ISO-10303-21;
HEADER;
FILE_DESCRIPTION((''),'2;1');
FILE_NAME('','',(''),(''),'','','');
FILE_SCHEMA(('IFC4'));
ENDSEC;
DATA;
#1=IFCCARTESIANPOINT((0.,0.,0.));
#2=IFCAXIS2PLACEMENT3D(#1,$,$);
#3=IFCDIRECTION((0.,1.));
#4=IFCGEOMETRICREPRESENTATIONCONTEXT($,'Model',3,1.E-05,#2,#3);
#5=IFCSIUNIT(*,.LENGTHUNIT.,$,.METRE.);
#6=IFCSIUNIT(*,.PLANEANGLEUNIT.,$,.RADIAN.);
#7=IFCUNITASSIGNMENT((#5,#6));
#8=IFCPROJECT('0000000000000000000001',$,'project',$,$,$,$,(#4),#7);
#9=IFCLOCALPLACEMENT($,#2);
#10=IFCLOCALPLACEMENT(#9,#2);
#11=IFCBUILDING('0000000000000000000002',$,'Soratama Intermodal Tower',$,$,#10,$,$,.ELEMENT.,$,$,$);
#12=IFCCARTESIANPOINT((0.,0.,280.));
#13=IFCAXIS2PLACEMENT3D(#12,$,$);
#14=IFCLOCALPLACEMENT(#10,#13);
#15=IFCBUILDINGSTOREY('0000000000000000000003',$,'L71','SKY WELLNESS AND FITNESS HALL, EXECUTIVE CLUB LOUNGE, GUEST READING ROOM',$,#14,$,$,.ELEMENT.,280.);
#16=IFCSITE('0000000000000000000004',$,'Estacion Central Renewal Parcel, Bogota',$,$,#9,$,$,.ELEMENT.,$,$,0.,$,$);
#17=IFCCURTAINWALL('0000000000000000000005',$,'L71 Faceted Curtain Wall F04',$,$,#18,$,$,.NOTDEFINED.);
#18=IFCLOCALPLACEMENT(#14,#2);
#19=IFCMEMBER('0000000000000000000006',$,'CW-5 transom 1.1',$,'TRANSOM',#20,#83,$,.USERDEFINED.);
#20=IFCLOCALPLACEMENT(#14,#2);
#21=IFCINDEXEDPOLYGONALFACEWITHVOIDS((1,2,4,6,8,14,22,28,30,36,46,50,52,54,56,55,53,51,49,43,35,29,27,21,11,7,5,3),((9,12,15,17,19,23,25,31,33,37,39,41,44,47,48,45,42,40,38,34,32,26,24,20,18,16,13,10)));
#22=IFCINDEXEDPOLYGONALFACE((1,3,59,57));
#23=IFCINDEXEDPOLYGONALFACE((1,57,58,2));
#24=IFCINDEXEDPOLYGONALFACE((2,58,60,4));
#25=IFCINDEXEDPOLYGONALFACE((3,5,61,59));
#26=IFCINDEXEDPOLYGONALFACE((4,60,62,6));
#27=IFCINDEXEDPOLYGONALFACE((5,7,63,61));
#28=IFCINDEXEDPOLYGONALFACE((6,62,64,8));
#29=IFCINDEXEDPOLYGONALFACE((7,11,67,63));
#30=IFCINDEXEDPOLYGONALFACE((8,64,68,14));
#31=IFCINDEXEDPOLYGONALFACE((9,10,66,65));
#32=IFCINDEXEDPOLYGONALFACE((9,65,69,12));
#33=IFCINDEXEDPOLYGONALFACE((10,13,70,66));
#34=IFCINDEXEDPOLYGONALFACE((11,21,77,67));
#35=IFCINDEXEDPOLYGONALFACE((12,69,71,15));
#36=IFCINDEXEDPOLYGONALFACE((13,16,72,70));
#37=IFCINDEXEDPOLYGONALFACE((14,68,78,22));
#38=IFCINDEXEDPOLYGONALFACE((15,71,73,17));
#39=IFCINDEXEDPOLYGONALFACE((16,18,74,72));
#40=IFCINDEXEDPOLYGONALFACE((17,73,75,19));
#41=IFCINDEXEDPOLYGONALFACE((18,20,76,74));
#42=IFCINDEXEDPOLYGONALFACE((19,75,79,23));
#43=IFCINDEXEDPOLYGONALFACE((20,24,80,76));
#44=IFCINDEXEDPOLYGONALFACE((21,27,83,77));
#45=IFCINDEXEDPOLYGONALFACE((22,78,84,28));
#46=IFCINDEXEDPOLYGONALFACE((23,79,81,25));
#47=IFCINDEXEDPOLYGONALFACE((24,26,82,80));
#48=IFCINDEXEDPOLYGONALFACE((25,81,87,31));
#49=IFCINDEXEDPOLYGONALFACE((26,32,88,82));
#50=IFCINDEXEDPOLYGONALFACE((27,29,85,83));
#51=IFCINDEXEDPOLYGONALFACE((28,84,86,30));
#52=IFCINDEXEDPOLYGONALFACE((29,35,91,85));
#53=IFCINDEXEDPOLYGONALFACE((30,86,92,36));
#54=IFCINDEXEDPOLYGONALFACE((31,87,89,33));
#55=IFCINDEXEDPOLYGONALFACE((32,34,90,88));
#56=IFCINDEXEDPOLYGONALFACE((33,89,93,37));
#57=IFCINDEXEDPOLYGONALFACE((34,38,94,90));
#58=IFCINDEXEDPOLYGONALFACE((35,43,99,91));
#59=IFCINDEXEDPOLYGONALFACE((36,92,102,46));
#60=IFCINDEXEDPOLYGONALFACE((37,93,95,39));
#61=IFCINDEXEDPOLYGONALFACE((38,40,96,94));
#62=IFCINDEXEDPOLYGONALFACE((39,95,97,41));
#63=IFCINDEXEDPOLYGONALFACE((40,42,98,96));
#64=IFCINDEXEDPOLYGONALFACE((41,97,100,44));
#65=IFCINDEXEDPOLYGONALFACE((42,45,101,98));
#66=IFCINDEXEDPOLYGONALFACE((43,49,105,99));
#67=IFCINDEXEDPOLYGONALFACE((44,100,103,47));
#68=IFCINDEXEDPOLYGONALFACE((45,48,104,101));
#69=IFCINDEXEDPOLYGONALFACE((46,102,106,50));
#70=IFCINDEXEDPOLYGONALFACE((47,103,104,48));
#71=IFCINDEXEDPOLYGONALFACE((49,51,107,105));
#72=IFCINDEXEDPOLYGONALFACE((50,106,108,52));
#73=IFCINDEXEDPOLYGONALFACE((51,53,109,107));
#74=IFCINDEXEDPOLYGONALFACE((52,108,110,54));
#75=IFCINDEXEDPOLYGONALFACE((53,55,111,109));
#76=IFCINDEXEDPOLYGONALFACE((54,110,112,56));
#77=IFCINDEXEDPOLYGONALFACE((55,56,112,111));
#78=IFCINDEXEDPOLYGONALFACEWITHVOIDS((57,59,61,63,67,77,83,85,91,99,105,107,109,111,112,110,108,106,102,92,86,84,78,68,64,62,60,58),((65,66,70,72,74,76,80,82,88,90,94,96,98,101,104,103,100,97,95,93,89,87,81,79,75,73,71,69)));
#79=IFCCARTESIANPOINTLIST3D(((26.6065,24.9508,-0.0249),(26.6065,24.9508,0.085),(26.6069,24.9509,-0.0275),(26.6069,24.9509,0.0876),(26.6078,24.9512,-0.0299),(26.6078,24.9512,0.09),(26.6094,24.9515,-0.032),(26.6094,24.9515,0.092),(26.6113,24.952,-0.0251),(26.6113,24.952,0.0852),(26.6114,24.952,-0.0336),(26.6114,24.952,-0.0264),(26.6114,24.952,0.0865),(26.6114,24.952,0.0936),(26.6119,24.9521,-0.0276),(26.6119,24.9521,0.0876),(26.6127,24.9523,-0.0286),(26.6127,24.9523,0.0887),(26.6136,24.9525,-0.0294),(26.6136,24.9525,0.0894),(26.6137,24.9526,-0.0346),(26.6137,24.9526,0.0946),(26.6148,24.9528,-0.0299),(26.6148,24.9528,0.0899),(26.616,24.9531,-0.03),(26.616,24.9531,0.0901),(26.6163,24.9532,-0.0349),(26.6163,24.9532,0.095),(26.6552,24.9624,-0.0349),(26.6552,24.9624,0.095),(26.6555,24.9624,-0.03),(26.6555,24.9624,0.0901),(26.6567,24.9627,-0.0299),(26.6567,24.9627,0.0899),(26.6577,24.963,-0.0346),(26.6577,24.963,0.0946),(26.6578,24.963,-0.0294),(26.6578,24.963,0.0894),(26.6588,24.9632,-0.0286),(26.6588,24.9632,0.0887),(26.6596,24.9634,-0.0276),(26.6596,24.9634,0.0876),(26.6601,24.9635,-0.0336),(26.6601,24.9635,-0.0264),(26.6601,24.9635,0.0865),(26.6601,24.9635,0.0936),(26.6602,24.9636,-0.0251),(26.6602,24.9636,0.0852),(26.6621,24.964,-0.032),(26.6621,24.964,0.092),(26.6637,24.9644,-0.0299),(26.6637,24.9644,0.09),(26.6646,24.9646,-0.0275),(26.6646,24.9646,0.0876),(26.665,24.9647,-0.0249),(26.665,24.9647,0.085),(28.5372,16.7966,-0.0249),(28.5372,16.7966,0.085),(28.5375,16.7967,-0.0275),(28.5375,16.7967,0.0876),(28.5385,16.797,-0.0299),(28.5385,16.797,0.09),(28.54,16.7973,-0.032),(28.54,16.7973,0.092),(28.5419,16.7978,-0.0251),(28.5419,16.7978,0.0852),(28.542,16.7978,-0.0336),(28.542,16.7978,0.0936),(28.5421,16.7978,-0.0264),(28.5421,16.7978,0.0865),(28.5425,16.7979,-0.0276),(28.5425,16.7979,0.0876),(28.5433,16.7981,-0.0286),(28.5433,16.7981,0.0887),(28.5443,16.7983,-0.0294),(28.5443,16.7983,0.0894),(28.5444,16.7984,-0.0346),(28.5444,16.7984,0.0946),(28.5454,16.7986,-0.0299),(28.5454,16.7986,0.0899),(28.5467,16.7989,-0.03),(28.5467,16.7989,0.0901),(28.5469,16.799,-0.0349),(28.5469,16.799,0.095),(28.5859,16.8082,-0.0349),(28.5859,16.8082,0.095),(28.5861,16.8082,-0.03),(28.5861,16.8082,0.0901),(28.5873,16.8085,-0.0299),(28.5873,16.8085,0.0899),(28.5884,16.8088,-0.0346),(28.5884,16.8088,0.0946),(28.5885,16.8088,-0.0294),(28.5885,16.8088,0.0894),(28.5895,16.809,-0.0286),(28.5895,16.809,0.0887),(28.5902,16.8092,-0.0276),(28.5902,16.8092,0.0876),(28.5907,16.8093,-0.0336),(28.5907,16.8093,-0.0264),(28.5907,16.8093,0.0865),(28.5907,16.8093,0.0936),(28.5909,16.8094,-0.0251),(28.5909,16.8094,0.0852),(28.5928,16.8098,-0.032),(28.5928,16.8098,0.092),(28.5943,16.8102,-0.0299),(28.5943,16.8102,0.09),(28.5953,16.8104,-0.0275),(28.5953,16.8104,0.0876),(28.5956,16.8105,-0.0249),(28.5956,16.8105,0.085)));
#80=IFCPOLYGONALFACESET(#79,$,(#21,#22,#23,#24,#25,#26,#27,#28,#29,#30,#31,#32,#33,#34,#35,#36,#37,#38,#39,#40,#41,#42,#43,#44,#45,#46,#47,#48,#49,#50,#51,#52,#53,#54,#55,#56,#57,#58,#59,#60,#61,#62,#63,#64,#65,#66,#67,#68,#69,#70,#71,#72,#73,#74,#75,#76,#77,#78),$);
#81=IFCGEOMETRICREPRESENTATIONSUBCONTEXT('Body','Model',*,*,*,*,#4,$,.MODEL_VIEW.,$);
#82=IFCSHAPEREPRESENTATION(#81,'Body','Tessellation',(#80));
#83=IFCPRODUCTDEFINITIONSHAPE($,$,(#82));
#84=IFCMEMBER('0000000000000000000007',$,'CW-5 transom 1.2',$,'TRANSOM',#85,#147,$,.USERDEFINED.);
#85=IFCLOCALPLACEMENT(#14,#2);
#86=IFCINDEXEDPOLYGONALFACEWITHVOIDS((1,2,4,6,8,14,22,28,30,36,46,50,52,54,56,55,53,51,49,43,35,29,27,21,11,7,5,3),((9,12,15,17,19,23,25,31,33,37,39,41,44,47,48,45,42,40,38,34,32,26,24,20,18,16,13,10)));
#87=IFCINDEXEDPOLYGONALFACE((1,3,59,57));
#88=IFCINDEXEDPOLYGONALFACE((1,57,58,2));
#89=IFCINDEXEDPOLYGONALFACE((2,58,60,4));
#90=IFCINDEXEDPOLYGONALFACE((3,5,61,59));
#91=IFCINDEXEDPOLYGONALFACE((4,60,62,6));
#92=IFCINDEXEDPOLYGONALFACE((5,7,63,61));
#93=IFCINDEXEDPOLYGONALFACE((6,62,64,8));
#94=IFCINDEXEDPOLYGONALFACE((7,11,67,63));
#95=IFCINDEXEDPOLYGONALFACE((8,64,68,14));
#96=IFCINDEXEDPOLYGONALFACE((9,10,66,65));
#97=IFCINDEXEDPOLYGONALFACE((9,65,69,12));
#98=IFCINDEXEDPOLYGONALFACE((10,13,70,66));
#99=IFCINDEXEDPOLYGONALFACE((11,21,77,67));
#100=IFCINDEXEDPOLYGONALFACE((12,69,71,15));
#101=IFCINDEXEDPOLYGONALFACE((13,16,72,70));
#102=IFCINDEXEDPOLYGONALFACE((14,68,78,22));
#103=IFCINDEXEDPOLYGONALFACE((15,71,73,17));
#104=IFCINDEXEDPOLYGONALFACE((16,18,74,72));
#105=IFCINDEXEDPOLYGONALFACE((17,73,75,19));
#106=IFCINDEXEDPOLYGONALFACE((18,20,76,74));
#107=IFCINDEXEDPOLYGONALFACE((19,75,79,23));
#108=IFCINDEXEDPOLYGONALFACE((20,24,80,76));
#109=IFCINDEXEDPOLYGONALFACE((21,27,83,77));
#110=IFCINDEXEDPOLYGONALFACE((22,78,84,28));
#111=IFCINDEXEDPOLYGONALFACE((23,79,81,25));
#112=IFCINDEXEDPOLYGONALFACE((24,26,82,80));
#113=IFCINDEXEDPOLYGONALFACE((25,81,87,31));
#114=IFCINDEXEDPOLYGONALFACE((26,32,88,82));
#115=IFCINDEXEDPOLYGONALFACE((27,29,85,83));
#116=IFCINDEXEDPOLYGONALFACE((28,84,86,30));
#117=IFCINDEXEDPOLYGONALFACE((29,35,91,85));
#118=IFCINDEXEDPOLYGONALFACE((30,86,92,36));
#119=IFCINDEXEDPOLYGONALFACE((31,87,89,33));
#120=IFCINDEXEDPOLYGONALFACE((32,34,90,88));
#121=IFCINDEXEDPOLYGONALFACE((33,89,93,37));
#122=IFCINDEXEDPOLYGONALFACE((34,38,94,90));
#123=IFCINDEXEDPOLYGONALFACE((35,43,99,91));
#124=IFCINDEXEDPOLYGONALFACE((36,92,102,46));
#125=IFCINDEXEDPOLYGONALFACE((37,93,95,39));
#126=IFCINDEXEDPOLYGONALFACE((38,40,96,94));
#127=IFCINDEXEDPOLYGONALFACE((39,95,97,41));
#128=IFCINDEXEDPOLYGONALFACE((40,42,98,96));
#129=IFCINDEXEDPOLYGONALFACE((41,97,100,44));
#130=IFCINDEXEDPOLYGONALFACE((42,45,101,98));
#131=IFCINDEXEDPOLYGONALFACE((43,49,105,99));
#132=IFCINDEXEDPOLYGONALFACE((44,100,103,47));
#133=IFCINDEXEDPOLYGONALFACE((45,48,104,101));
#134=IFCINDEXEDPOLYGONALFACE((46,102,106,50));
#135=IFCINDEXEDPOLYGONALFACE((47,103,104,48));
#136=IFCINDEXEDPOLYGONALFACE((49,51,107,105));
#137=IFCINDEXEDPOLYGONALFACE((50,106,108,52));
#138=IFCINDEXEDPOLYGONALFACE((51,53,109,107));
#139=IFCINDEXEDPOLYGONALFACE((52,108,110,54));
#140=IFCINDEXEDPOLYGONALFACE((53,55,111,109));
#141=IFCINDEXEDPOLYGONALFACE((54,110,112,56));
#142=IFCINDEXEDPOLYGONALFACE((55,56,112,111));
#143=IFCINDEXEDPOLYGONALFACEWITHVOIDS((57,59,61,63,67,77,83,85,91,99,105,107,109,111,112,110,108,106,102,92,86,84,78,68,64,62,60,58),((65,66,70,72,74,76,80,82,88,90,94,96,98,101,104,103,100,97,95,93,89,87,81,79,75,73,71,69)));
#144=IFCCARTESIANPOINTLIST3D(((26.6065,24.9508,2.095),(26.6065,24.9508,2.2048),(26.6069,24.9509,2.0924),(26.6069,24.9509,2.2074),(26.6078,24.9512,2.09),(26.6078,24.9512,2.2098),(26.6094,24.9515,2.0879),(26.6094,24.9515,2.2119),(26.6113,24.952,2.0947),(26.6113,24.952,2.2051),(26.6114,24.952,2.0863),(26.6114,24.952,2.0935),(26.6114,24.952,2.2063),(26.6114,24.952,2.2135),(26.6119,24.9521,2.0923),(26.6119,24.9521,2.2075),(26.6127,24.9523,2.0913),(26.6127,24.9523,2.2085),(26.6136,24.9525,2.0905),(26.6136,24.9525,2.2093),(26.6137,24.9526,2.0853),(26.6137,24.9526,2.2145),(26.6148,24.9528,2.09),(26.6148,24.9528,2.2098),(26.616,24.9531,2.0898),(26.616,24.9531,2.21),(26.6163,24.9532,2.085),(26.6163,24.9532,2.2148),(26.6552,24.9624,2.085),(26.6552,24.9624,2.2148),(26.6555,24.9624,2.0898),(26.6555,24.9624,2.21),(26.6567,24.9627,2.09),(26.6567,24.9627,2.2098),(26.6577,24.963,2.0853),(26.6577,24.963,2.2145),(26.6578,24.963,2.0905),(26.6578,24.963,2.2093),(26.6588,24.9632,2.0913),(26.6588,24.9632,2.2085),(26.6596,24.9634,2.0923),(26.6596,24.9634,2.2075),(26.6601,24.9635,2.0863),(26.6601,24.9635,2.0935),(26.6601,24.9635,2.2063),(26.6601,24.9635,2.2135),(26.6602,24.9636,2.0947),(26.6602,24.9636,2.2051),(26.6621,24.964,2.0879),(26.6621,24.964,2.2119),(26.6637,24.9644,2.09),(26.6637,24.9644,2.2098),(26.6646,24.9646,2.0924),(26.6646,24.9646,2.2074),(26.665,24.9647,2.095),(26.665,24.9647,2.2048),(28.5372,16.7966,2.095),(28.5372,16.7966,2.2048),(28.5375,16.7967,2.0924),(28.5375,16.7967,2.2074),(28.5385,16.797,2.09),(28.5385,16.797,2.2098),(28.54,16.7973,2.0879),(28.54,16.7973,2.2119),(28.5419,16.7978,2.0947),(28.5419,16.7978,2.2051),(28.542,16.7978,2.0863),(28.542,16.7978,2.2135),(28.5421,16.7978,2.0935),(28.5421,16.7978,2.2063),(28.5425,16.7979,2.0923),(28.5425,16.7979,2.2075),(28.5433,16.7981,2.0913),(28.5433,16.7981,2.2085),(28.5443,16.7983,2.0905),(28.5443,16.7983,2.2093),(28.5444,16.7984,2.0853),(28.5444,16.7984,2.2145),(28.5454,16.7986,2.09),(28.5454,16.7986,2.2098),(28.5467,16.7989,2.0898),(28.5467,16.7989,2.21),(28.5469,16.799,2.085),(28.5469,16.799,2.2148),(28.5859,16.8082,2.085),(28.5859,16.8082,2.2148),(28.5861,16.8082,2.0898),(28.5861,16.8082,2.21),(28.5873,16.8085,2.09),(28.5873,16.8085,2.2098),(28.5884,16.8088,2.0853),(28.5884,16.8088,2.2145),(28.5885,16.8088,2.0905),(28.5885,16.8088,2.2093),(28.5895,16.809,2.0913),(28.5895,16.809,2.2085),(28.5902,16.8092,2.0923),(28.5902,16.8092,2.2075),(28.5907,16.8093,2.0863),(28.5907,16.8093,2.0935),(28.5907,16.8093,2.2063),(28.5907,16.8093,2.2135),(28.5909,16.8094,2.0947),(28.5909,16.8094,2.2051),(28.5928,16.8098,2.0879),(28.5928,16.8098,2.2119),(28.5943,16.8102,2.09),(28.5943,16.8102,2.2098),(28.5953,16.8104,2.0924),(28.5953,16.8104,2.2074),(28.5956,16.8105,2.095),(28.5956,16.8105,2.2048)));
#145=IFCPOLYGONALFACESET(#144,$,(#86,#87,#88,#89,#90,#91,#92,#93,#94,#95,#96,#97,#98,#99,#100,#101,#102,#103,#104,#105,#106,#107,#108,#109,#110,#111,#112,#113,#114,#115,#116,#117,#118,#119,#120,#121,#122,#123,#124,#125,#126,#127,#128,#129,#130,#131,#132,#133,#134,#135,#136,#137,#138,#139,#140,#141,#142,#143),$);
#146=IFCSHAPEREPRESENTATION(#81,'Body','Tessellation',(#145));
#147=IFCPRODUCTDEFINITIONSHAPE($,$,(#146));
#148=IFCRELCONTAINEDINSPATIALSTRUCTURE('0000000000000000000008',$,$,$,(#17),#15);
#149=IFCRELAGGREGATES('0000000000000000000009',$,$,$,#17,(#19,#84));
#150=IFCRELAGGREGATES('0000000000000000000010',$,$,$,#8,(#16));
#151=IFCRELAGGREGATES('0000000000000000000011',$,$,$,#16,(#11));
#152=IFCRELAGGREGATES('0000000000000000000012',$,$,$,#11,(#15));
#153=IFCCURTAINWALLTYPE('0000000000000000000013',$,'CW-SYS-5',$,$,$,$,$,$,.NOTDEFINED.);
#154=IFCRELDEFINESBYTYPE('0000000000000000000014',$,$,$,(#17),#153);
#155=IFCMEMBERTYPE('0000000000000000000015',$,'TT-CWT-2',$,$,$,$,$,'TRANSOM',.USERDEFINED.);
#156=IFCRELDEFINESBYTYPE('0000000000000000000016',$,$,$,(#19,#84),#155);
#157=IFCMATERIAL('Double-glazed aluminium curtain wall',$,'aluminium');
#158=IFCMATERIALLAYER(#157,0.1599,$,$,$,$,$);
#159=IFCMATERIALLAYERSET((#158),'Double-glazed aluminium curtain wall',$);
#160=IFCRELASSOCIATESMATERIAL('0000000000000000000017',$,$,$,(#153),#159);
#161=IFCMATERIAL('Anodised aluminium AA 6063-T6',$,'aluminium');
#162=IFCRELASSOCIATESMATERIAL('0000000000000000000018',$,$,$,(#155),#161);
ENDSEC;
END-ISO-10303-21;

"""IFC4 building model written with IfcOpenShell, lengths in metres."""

from ifc_helpers import new_model, si_unit, direction, frame, origin, origin_2d, place, context, subcontext, project, spatial, hollow_rectangle, extrude, material, layer, layer_set, material_profile, profile_set, type_object, element, aggregate, save


model = new_model("IFC4")

# Units and contexts
model_context = context("Model", 3, precision=1e-05, world=origin(), true_north=direction((0.0, 1.0)))
body_context = subcontext(model_context, "Body", "Model", "MODEL_VIEW")
ifc_project = project(units=[si_unit("LENGTHUNIT", "METRE"), si_unit("PLANEANGLEUNIT", "RADIAN")], contexts=[model_context])

# Site, building, storey
site_placement = place(None, origin())
site = spatial("IfcSite", under=ifc_project, at=site_placement, Name="Estacion Central Renewal Parcel, Bogota", CompositionType="ELEMENT", RefElevation=0.0)
building_placement = place(site_placement, origin())
building = spatial("IfcBuilding", under=site, at=building_placement, Name="Soratama Intermodal Tower", CompositionType="ELEMENT")
storey_placement = place(building_placement, frame((0.0, 0.0, 280.0)))
storey = spatial("IfcBuildingStorey", under=building, at=storey_placement, Name="L71", Description="SKY WELLNESS AND FITNESS HALL, EXECUTIVE CLUB LOUNGE, GUEST READING ROOM", CompositionType="ELEMENT", Elevation=280.0)

# Shared definitions
ifc_material_1 = material(Name="Double-glazed aluminium curtain wall", Category="aluminium")
ifc_layer_1 = layer(ifc_material_1, 0.1599)
ifc_layer_set_1 = layer_set([ifc_layer_1], Name="Double-glazed aluminium curtain wall")
curtain_wall_type = type_object("IfcCurtainWallType", Name="CW-SYS-5", PredefinedType="NOTDEFINED", material=ifc_layer_set_1)

# Curtain wall, members
curtain_wall_1_placement = place(storey_placement, origin())
curtain_wall_1 = element("IfcCurtainWall", 1, at=curtain_wall_1_placement, inside=storey, type_object=curtain_wall_type, Name="L71 Faceted Curtain Wall F04", PredefinedType="NOTDEFINED")
ifc_material_2 = material(Name="Anodised aluminium AA 6063-T6", Category="aluminium")
ifc_material_profile_1 = material_profile(ifc_material_2, hollow_rectangle(XDim=0.0601, YDim=0.1299, WallThickness=0.0049, InnerFilletRadius=0.0049, OuterFilletRadius=0.01, at=origin_2d()), Name="CWT130X60X5")
ifc_profile_set_1 = profile_set([ifc_material_profile_1], Name="Anodised aluminium AA 6063-T6")
member_type_1 = type_object("IfcMemberType", Name="TT-CWT-2", ElementType="TRANSOM", PredefinedType="USERDEFINED", material=ifc_profile_set_1)
member_1_placement = place(storey_placement, frame((26.6357, 24.9578, 0.03), z_axis=(0.230397, -0.973097, 0.0), x_axis=(0.973097, 0.230397, 0.0)))
member_1 = element("IfcMember", 2, at=member_1_placement, type_object=member_type_1, Name="CW-5 transom 1.1", ObjectType="TRANSOM", PredefinedType="USERDEFINED", context=body_context, shape_type="SweptSolid", body=[
    extrude(hollow_rectangle(XDim=0.0601, YDim=0.1299, WallThickness=0.0049, InnerFilletRadius=0.0049, OuterFilletRadius=0.01, at=origin_2d()), origin(), (0.0, 0.0, 1.0), 8.3796),
])
member_2_placement = place(storey_placement, frame((26.6357, 24.9578, 2.1499), z_axis=(0.230397, -0.973097, 0.0), x_axis=(0.973097, 0.230397, 0.0)))
member_2 = element("IfcMember", 3, at=member_2_placement, type_object=member_type_1, Name="CW-5 transom 1.2", ObjectType="TRANSOM", PredefinedType="USERDEFINED", context=body_context, shape_type="SweptSolid", body=[
    extrude(hollow_rectangle(XDim=0.0601, YDim=0.1299, WallThickness=0.0049, InnerFilletRadius=0.0049, OuterFilletRadius=0.01, at=origin_2d()), origin(), (0.0, 0.0, 1.0), 8.3796),
])
aggregate(curtain_wall_1, [member_1, member_2])

save(model, "model.ifc")
